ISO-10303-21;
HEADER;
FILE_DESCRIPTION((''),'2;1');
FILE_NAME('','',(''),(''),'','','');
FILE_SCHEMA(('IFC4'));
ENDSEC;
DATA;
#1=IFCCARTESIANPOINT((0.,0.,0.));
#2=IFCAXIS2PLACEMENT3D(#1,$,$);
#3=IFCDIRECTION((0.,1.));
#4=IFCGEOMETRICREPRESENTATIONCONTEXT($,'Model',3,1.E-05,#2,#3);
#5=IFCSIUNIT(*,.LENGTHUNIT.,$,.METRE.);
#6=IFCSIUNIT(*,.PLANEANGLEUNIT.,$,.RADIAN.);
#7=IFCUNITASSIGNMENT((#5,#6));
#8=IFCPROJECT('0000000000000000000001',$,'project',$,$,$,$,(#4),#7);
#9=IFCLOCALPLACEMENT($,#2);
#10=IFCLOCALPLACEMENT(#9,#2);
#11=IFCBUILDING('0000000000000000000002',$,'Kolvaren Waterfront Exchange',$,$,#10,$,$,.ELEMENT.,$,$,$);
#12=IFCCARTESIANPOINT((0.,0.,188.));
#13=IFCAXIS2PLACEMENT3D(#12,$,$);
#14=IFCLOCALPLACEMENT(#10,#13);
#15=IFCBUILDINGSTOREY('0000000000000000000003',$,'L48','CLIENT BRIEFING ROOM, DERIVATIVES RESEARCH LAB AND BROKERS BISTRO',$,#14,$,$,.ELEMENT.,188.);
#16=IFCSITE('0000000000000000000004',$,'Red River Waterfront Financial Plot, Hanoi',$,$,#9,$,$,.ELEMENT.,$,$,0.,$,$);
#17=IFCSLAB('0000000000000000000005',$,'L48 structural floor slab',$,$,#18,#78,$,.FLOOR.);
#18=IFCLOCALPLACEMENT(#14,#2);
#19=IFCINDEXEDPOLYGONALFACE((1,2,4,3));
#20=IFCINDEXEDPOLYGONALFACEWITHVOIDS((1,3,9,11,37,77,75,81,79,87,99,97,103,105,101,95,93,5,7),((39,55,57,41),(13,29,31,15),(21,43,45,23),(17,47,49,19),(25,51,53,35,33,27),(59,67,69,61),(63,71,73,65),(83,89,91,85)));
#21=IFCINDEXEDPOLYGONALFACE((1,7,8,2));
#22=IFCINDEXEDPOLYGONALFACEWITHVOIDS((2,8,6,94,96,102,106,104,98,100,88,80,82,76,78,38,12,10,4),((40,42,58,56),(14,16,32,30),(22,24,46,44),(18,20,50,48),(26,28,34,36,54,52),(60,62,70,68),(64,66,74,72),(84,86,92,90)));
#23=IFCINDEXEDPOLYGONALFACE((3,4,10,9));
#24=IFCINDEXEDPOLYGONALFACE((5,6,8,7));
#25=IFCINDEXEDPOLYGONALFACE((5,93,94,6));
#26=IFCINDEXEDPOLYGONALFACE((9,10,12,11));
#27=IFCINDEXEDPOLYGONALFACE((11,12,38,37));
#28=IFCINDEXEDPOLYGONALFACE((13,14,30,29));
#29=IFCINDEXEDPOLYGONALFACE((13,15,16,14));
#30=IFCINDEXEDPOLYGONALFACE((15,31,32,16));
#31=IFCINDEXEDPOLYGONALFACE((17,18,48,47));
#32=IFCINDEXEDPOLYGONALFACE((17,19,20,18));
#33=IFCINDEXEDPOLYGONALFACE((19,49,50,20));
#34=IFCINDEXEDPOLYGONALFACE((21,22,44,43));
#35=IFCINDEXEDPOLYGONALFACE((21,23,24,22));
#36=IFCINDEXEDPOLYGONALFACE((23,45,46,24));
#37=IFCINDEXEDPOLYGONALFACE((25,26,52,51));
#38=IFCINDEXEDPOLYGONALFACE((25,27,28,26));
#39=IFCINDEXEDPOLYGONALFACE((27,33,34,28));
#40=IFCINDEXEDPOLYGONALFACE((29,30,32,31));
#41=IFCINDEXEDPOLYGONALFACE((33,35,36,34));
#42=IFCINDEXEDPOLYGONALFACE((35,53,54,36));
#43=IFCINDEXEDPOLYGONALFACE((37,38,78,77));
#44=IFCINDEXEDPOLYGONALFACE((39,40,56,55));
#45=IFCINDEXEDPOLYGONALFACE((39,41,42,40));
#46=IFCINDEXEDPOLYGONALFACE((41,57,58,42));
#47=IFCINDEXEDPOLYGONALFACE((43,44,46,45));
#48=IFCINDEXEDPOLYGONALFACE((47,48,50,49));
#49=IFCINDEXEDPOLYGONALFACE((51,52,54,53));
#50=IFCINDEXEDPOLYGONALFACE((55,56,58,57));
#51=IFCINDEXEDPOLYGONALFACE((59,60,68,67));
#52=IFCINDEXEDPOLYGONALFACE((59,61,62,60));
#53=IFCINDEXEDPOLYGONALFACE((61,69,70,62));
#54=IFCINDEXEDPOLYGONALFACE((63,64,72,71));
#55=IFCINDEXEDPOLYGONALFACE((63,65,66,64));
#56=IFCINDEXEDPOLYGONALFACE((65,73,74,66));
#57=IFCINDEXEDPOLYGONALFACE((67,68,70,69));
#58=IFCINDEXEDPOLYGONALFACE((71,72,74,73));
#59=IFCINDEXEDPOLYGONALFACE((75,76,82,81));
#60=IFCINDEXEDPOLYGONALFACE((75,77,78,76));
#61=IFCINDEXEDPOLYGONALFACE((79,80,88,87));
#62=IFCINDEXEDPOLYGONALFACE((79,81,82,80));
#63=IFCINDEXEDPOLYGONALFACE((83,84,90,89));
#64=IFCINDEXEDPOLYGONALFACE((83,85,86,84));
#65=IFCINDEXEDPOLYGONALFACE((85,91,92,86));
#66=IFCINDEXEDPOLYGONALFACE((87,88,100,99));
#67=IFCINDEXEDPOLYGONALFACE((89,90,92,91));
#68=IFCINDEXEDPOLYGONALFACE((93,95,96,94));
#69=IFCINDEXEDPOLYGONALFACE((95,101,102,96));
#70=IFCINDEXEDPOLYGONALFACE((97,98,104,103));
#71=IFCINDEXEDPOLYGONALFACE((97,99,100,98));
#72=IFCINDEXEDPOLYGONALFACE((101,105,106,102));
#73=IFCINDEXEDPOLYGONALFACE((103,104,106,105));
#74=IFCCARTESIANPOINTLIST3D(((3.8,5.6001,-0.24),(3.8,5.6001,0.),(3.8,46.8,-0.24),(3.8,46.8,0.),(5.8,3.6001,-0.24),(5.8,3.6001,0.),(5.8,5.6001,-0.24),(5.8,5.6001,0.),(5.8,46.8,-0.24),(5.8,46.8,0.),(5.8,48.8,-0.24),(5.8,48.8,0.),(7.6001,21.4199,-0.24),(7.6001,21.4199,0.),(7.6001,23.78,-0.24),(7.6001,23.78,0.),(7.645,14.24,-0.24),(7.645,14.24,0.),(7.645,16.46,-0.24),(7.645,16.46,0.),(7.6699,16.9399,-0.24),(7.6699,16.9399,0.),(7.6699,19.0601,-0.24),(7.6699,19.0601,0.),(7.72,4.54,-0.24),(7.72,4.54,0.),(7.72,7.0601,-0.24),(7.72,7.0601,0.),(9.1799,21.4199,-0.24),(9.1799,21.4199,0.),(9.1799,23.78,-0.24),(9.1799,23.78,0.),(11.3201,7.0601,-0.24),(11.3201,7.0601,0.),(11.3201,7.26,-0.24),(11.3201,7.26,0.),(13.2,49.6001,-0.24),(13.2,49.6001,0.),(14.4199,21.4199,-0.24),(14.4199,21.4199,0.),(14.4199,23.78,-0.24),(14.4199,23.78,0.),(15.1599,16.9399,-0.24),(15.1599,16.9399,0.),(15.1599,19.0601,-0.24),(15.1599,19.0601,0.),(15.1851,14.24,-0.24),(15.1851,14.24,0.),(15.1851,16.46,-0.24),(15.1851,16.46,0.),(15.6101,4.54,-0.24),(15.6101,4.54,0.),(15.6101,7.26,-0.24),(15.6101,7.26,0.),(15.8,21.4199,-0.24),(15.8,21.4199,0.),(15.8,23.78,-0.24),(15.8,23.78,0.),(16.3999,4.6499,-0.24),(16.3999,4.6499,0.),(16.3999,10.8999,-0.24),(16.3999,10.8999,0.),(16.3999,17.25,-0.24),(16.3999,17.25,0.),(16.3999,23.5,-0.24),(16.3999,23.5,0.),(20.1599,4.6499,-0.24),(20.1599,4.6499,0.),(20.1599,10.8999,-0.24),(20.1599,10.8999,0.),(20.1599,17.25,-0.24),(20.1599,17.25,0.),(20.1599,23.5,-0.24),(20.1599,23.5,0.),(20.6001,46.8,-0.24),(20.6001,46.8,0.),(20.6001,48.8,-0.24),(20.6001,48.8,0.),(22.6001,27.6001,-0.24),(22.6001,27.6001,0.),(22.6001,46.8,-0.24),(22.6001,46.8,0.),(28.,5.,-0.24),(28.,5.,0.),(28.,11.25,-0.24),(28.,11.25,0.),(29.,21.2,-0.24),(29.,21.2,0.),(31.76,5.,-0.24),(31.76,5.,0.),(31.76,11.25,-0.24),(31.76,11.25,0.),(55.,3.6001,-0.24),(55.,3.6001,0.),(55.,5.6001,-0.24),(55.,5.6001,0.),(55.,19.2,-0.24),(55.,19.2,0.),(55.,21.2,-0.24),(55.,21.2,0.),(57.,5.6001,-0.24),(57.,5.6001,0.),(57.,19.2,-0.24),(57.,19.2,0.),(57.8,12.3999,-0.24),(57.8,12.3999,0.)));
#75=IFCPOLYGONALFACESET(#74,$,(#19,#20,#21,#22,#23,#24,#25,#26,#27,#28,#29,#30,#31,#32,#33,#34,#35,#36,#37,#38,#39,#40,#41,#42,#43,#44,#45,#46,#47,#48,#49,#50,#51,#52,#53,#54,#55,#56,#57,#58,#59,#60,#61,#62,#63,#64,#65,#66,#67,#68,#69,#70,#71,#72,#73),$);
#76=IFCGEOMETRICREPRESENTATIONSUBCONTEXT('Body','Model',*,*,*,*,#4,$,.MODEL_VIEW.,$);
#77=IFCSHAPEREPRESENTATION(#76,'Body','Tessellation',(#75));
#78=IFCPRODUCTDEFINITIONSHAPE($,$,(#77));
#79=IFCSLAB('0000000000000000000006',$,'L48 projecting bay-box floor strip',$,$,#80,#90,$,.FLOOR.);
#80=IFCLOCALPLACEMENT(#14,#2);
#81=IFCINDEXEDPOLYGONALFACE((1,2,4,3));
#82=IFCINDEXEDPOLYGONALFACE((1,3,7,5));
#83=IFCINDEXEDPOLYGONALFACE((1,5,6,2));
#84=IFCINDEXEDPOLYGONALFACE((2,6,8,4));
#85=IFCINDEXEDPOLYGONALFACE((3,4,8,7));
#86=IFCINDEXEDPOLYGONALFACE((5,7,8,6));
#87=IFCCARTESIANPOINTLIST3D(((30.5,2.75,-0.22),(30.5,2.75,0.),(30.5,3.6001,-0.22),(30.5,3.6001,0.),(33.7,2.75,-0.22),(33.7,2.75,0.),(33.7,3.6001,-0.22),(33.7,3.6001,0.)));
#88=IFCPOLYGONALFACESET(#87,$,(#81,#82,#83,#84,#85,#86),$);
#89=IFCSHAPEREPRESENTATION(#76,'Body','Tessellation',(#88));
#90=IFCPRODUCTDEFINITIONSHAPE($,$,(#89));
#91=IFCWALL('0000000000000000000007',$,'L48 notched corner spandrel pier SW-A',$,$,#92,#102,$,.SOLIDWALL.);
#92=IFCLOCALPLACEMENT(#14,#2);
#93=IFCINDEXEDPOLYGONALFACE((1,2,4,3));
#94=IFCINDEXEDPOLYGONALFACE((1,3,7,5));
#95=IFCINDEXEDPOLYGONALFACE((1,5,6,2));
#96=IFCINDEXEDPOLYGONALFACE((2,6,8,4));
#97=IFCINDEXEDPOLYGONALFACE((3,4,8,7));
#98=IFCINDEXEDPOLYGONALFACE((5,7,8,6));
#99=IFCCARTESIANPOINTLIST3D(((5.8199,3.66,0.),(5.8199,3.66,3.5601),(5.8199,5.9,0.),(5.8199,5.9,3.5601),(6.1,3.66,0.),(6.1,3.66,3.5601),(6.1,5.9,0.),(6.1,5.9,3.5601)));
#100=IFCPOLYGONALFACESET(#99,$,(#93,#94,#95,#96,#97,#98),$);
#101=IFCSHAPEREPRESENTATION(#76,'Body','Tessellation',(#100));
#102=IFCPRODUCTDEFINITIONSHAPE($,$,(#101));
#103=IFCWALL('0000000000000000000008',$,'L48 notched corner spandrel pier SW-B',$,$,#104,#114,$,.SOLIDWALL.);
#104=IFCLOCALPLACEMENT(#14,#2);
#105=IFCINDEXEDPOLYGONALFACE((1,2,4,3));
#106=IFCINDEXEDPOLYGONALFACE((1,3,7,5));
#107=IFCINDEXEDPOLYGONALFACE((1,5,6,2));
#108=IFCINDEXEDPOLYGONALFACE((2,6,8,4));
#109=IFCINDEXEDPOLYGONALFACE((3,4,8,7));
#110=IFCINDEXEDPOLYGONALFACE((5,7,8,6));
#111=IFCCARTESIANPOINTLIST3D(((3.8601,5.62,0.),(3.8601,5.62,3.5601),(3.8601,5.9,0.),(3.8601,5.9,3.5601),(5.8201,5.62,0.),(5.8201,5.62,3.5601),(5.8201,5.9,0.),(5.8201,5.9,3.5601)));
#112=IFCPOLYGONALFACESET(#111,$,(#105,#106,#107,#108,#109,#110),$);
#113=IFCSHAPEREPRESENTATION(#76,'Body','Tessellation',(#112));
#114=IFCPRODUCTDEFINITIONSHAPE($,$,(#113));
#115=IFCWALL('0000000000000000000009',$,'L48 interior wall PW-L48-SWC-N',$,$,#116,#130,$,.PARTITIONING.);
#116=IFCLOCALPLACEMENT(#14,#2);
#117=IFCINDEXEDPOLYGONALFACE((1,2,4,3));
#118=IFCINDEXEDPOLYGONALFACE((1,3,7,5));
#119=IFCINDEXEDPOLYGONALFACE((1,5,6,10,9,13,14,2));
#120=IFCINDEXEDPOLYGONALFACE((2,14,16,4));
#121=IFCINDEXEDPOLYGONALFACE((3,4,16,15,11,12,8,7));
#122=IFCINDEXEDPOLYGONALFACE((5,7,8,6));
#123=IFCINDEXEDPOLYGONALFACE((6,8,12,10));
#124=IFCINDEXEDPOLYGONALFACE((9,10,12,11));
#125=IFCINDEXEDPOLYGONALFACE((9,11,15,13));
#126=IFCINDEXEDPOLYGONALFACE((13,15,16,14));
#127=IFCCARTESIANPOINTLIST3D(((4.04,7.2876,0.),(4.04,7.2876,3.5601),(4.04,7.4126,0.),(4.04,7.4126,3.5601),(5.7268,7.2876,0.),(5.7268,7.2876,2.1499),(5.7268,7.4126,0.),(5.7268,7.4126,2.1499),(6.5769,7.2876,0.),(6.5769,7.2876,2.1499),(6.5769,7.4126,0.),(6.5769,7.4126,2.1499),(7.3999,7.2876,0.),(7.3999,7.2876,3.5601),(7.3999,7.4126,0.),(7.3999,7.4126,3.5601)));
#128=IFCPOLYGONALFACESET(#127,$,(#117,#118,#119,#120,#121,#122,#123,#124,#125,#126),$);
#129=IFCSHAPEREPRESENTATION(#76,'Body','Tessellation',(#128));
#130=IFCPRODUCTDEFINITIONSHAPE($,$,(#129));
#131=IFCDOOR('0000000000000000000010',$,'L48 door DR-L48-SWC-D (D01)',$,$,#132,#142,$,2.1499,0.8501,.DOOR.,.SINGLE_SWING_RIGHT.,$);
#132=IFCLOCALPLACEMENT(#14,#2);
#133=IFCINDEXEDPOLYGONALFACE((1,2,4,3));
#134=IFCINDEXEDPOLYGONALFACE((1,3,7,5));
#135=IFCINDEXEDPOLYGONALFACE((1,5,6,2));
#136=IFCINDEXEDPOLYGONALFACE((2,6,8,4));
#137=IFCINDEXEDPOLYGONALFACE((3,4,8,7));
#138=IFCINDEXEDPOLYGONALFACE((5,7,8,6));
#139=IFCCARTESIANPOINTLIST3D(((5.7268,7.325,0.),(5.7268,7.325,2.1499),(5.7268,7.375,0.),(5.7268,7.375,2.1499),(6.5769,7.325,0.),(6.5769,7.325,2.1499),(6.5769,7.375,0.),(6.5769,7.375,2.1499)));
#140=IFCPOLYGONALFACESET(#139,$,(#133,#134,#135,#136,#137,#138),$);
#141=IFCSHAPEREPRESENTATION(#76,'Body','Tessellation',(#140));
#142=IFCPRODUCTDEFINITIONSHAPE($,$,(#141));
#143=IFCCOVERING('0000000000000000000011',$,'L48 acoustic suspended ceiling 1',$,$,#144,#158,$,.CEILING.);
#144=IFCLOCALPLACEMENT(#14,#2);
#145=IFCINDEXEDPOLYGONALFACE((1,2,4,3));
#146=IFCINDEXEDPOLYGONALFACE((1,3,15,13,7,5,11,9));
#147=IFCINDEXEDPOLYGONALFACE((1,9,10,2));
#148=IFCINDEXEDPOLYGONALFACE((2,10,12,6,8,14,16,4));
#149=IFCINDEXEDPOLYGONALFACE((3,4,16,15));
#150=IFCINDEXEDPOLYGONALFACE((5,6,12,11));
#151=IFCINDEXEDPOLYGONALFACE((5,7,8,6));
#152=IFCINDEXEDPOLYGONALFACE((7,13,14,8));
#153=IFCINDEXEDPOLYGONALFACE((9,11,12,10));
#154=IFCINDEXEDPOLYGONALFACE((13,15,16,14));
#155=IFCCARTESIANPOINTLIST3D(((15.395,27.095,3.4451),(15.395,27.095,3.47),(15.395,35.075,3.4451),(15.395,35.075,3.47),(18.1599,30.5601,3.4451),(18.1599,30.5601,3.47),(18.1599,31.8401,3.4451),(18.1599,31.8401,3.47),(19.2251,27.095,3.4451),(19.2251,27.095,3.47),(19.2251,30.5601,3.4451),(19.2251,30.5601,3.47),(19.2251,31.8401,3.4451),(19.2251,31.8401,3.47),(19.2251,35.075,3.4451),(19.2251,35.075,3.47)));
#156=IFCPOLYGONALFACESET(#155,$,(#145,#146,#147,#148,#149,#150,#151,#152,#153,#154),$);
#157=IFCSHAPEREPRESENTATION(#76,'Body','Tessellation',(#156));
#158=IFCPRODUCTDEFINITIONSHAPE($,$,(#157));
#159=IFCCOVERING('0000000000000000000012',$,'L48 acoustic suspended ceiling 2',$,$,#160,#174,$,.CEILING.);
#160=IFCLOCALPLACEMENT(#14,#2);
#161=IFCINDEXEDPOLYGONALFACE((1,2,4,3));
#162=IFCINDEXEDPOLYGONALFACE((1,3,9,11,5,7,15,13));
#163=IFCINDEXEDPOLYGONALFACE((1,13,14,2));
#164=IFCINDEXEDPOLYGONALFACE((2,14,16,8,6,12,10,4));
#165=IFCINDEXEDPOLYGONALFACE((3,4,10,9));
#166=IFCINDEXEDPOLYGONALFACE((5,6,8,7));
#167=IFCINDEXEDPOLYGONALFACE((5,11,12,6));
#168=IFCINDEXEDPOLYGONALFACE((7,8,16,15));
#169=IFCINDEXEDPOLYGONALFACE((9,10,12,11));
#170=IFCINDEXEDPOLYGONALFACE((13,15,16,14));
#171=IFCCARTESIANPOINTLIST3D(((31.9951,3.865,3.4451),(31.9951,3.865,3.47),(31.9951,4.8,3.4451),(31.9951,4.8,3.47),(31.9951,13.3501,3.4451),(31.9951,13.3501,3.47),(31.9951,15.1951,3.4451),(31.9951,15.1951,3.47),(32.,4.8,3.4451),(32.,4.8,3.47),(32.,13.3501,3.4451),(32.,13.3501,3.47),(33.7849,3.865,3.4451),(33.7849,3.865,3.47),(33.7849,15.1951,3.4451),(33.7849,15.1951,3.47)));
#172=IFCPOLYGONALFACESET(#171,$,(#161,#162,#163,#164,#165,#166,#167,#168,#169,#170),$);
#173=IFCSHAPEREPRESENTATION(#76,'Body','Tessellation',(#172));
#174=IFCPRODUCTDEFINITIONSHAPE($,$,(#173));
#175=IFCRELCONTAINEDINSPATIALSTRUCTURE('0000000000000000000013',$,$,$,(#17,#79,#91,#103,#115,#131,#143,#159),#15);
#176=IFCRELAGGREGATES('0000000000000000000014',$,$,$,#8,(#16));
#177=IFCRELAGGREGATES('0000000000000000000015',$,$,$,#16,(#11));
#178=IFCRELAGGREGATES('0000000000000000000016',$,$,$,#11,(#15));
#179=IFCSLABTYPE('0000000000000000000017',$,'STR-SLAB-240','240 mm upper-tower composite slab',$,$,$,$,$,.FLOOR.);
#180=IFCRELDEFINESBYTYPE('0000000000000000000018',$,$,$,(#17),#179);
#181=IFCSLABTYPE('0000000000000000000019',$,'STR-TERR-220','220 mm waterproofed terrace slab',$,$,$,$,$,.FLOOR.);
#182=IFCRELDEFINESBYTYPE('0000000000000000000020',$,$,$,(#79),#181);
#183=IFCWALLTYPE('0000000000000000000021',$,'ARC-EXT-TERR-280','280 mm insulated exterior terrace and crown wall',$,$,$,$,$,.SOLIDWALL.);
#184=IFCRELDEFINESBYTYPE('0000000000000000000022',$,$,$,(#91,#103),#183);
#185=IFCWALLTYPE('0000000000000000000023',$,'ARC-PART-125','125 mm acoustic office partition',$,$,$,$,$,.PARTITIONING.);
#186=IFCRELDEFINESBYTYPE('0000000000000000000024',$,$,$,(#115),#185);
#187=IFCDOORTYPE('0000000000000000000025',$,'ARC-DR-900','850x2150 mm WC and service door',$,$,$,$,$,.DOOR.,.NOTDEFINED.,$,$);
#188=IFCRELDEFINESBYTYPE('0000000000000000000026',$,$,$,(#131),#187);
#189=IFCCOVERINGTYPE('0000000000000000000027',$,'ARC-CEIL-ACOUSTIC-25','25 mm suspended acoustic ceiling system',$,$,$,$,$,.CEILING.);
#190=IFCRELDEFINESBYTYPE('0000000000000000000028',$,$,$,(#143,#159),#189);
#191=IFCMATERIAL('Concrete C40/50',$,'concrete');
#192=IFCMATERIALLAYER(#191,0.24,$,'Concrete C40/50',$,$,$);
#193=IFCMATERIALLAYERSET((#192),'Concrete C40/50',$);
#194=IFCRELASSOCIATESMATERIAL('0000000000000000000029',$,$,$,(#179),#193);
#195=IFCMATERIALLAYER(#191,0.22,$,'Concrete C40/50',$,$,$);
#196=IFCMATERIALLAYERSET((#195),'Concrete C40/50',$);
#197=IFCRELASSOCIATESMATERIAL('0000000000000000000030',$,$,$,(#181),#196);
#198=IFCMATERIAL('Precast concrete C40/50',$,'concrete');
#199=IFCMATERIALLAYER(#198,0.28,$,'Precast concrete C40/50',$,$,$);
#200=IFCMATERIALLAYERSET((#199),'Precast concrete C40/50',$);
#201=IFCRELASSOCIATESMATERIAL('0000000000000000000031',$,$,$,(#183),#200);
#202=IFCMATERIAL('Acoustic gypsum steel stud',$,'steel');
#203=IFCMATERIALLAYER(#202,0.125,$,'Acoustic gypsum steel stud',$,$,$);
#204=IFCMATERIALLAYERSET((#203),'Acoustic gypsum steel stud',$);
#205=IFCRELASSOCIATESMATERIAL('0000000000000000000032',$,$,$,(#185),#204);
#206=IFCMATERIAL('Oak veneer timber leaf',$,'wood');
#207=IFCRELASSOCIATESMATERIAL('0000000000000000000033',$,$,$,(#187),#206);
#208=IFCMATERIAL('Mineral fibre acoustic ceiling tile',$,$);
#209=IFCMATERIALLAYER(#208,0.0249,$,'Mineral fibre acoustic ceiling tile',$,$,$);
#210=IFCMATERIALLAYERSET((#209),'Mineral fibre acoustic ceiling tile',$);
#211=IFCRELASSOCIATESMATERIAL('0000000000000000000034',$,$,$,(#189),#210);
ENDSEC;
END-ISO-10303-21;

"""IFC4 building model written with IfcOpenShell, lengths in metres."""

from ifc_helpers import new_model, si_unit, direction, frame, frame_2d, origin, place, context, subcontext, project, spatial, polyline, rectangle, outline, extrude, material, layer, layer_set, type_object, element, fill, save


model = new_model("IFC4")

# Units and contexts
model_context = context("Model", 3, precision=1e-05, world=origin(), true_north=direction((0.0, 1.0)))
body_context = subcontext(model_context, "Body", "Model", "MODEL_VIEW")
ifc_project = project(units=[si_unit("LENGTHUNIT", "METRE"), si_unit("PLANEANGLEUNIT", "RADIAN")], contexts=[model_context])

# Site, building, storey
site_placement = place(None, origin())
site = spatial("IfcSite", under=ifc_project, at=site_placement, Name="Red River Waterfront Financial Plot, Hanoi", CompositionType="ELEMENT", RefElevation=0.0)
building_placement = place(site_placement, origin())
building = spatial("IfcBuilding", under=site, at=building_placement, Name="Kolvaren Waterfront Exchange", CompositionType="ELEMENT")
storey_placement = place(building_placement, frame((0.0, 0.0, 188.0)))
storey = spatial("IfcBuildingStorey", under=building, at=storey_placement, Name="L48", Description="CLIENT BRIEFING ROOM, DERIVATIVES RESEARCH LAB AND BROKERS BISTRO", CompositionType="ELEMENT", Elevation=188.0)

# Shared definitions
ifc_material_1 = material(Name="Concrete C40/50", Category="concrete")

# Slabs
ifc_layer_1 = layer(ifc_material_1, 0.24, Name="Concrete C40/50")
ifc_layer_set_1 = layer_set([ifc_layer_1], Name="Concrete C40/50")
slab_type_1 = type_object("IfcSlabType", Name="STR-SLAB-240", Description="240 mm upper-tower composite slab", PredefinedType="FLOOR", material=ifc_layer_set_1)
slab_1_placement = place(storey_placement, frame((0.0, 0.0, -0.24)))
element("IfcSlab", 1, at=slab_1_placement, inside=storey, type_object=slab_type_1, Name="L48 structural floor slab", PredefinedType="FLOOR", context=body_context, shape_type="SweptSolid", body=[
    extrude(outline(polyline([(5.8, 3.6001), (55.0, 3.6001), (55.0, 5.6001), (57.0, 5.6001), (57.8, 12.3999), (57.0, 19.2), (55.0, 19.2), (55.0, 21.2), (29.0, 21.2), (22.6001, 27.6001), (22.6001, 46.8), (20.6001, 46.8), (20.6001, 48.8), (13.2, 49.6001), (5.8, 48.8), (5.8, 46.8), (3.8, 46.8), (3.8, 5.6001), (5.8, 5.6001), (5.8, 3.6001)]), holes=[polyline([(11.3201, 7.26), (15.6101, 7.26), (15.6101, 4.54), (7.72, 4.54), (7.72, 7.0601), (11.3201, 7.0601), (11.3201, 7.26)]), polyline([(20.1599, 10.8999), (20.1599, 4.6499), (16.3999, 4.6499), (16.3999, 10.8999), (20.1599, 10.8999)]), polyline([(31.76, 11.25), (31.76, 5.0), (28.0, 5.0), (28.0, 11.25), (31.76, 11.25)]), polyline([(15.1851, 14.24), (7.645, 14.24), (7.645, 16.46), (15.1851, 16.46), (15.1851, 14.24)]), polyline([(15.1599, 16.9399), (7.6699, 16.9399), (7.6699, 19.0601), (15.1599, 19.0601), (15.1599, 16.9399)]), polyline([(16.3999, 23.5), (20.1599, 23.5), (20.1599, 17.25), (16.3999, 17.25), (16.3999, 23.5)]), polyline([(7.6001, 23.78), (9.1799, 23.78), (9.1799, 21.4199), (7.6001, 21.4199), (7.6001, 23.78)]), polyline([(15.8, 23.78), (15.8, 21.4199), (14.4199, 21.4199), (14.4199, 23.78), (15.8, 23.78)])]), origin(), (0.0, 0.0, 1.0), 0.24),
])
ifc_layer_2 = layer(ifc_material_1, 0.22, Name="Concrete C40/50")
ifc_layer_set_2 = layer_set([ifc_layer_2], Name="Concrete C40/50")
slab_type_2 = type_object("IfcSlabType", Name="STR-TERR-220", Description="220 mm waterproofed terrace slab", PredefinedType="FLOOR", material=ifc_layer_set_2)
slab_2_placement = place(storey_placement, frame((0.0, 0.0, -0.22)))
element("IfcSlab", 2, at=slab_2_placement, inside=storey, type_object=slab_type_2, Name="L48 projecting bay-box floor strip", PredefinedType="FLOOR", context=body_context, shape_type="SweptSolid", body=[
    extrude(outline(polyline([(30.5, 2.75), (33.7, 2.75), (33.7, 3.6001), (30.5, 3.6001), (30.5, 2.75)])), origin(), (0.0, 0.0, 1.0), 0.22),
])

# Walls
ifc_material_2 = material(Name="Precast concrete C40/50", Category="concrete")
ifc_layer_3 = layer(ifc_material_2, 0.28, Name="Precast concrete C40/50")
ifc_layer_set_3 = layer_set([ifc_layer_3], Name="Precast concrete C40/50")
wall_type_1 = type_object("IfcWallType", Name="ARC-EXT-TERR-280", Description="280 mm insulated exterior terrace and crown wall", PredefinedType="SOLIDWALL", material=ifc_layer_set_3)
wall_1_placement = place(storey_placement, frame((5.96, 3.6599, 0.0), z_axis=(0.0, 0.0, 1.0), x_axis=(0.0, 1.0, 0.0)))
element("IfcWall", 3, at=wall_1_placement, inside=storey, type_object=wall_type_1, Name="L48 notched corner spandrel pier SW-A", PredefinedType="SOLIDWALL", context=body_context, shape_type="SweptSolid", body=[
    extrude(rectangle(XDim=2.24, YDim=0.28, at=frame_2d((1.1201, 0.0))), origin(), (0.0, 0.0, 1.0), 3.5601),
])
wall_2_placement = place(storey_placement, frame((3.8601, 5.76, 0.0), z_axis=(0.0, 0.0, 1.0), x_axis=(1.0, 0.0, 0.0)))
element("IfcWall", 4, at=wall_2_placement, inside=storey, type_object=wall_type_1, Name="L48 notched corner spandrel pier SW-B", PredefinedType="SOLIDWALL", context=body_context, shape_type="SweptSolid", body=[
    extrude(rectangle(XDim=1.96, YDim=0.28, at=frame_2d((0.98, 0.0))), origin(), (0.0, 0.0, 1.0), 3.5601),
])

# Wall, opening, door
ifc_material_3 = material(Name="Acoustic gypsum steel stud", Category="steel")
ifc_layer_4 = layer(ifc_material_3, 0.125, Name="Acoustic gypsum steel stud")
ifc_layer_set_4 = layer_set([ifc_layer_4], Name="Acoustic gypsum steel stud")
wall_type_2 = type_object("IfcWallType", Name="ARC-PART-125", Description="125 mm acoustic office partition", PredefinedType="PARTITIONING", material=ifc_layer_set_4)
wall_3_placement = place(storey_placement, frame((4.04, 7.3501, 0.0), z_axis=(0.0, 0.0, 1.0), x_axis=(1.0, 0.0, 0.0)))
wall_3 = element("IfcWall", 5, at=wall_3_placement, inside=storey, type_object=wall_type_2, Name="L48 interior wall PW-L48-SWC-N", PredefinedType="PARTITIONING", context=body_context, shape_type="SweptSolid", body=[
    extrude(rectangle(XDim=3.3599, YDim=0.125, at=frame_2d((1.6799, 0.0))), origin(), (0.0, 0.0, 1.0), 3.5601),
])
opening_placement = place(wall_3_placement, frame((1.6868, 0.0, 0.0)))
opening = element("IfcOpeningElement", 6, at=opening_placement, cuts=wall_3, PredefinedType="OPENING", context=body_context, shape_type="SweptSolid", body=[
    extrude(rectangle(XDim=0.8501, YDim=2.1499, at=frame_2d((0.425, 1.075))), frame((0.0, 0.0725, 0.0), z_axis=(0.0, -1.0, 0.0), x_axis=(1.0, 0.0, 0.0)), (0.0, 0.0, 1.0), 0.145),
])
ifc_material_4 = material(Name="Oak veneer timber leaf", Category="wood")
door_type = type_object("IfcDoorType", Name="ARC-DR-900", Description="850x2150 mm WC and service door", OperationType="NOTDEFINED", PredefinedType="DOOR", material=ifc_material_4)
door_placement = place(opening_placement, origin())
door = element("IfcDoor", 7, at=door_placement, inside=storey, type_object=door_type, Name="L48 door DR-L48-SWC-D (D01)", OperationType="SINGLE_SWING_RIGHT", OverallHeight=2.1499, OverallWidth=0.8501, PredefinedType="DOOR", context=body_context, shape_type="SweptSolid", body=[
    extrude(rectangle(XDim=0.8501, YDim=2.1499, at=frame_2d((0.425, 1.075))), frame((0.0, 0.0249, 0.0), z_axis=(0.0, -1.0, 0.0), x_axis=(1.0, 0.0, 0.0)), (0.0, 0.0, 1.0), 0.05),
])
fill(opening, door)

# Coverings
ifc_material_5 = material(Name="Mineral fibre acoustic ceiling tile")
ifc_layer_5 = layer(ifc_material_5, 0.0249, Name="Mineral fibre acoustic ceiling tile")
ifc_layer_set_5 = layer_set([ifc_layer_5], Name="Mineral fibre acoustic ceiling tile")
covering_type_1 = type_object("IfcCoveringType", Name="ARC-CEIL-ACOUSTIC-25", Description="25 mm suspended acoustic ceiling system", PredefinedType="CEILING", material=ifc_layer_set_5)
covering_1_placement = place(storey_placement, frame((0.0, 0.0, 3.4451)))
element("IfcCovering", 8, at=covering_1_placement, inside=storey, type_object=covering_type_1, Name="L48 acoustic suspended ceiling 1", PredefinedType="CEILING", context=body_context, shape_type="SweptSolid", body=[
    extrude(outline(polyline([(19.2251, 30.5601), (18.1599, 30.5601), (18.1599, 31.8401), (19.2251, 31.8401), (19.2251, 35.075), (15.395, 35.075), (15.395, 27.095), (19.2251, 27.095), (19.2251, 30.5601)])), origin(), (0.0, 0.0, 1.0), 0.0249),
])
covering_2_placement = place(storey_placement, frame((0.0, 0.0, 3.4451)))
element("IfcCovering", 9, at=covering_2_placement, inside=storey, type_object=covering_type_1, Name="L48 acoustic suspended ceiling 2", PredefinedType="CEILING", context=body_context, shape_type="SweptSolid", body=[
    extrude(outline(polyline([(33.7849, 3.865), (33.7849, 15.1951), (31.9951, 15.1951), (31.9951, 13.3501), (32.0, 13.3501), (32.0, 4.8), (31.9951, 4.8), (31.9951, 3.865), (33.7849, 3.865)])), origin(), (0.0, 0.0, 1.0), 0.0249),
])

save(model, "model.ifc")
